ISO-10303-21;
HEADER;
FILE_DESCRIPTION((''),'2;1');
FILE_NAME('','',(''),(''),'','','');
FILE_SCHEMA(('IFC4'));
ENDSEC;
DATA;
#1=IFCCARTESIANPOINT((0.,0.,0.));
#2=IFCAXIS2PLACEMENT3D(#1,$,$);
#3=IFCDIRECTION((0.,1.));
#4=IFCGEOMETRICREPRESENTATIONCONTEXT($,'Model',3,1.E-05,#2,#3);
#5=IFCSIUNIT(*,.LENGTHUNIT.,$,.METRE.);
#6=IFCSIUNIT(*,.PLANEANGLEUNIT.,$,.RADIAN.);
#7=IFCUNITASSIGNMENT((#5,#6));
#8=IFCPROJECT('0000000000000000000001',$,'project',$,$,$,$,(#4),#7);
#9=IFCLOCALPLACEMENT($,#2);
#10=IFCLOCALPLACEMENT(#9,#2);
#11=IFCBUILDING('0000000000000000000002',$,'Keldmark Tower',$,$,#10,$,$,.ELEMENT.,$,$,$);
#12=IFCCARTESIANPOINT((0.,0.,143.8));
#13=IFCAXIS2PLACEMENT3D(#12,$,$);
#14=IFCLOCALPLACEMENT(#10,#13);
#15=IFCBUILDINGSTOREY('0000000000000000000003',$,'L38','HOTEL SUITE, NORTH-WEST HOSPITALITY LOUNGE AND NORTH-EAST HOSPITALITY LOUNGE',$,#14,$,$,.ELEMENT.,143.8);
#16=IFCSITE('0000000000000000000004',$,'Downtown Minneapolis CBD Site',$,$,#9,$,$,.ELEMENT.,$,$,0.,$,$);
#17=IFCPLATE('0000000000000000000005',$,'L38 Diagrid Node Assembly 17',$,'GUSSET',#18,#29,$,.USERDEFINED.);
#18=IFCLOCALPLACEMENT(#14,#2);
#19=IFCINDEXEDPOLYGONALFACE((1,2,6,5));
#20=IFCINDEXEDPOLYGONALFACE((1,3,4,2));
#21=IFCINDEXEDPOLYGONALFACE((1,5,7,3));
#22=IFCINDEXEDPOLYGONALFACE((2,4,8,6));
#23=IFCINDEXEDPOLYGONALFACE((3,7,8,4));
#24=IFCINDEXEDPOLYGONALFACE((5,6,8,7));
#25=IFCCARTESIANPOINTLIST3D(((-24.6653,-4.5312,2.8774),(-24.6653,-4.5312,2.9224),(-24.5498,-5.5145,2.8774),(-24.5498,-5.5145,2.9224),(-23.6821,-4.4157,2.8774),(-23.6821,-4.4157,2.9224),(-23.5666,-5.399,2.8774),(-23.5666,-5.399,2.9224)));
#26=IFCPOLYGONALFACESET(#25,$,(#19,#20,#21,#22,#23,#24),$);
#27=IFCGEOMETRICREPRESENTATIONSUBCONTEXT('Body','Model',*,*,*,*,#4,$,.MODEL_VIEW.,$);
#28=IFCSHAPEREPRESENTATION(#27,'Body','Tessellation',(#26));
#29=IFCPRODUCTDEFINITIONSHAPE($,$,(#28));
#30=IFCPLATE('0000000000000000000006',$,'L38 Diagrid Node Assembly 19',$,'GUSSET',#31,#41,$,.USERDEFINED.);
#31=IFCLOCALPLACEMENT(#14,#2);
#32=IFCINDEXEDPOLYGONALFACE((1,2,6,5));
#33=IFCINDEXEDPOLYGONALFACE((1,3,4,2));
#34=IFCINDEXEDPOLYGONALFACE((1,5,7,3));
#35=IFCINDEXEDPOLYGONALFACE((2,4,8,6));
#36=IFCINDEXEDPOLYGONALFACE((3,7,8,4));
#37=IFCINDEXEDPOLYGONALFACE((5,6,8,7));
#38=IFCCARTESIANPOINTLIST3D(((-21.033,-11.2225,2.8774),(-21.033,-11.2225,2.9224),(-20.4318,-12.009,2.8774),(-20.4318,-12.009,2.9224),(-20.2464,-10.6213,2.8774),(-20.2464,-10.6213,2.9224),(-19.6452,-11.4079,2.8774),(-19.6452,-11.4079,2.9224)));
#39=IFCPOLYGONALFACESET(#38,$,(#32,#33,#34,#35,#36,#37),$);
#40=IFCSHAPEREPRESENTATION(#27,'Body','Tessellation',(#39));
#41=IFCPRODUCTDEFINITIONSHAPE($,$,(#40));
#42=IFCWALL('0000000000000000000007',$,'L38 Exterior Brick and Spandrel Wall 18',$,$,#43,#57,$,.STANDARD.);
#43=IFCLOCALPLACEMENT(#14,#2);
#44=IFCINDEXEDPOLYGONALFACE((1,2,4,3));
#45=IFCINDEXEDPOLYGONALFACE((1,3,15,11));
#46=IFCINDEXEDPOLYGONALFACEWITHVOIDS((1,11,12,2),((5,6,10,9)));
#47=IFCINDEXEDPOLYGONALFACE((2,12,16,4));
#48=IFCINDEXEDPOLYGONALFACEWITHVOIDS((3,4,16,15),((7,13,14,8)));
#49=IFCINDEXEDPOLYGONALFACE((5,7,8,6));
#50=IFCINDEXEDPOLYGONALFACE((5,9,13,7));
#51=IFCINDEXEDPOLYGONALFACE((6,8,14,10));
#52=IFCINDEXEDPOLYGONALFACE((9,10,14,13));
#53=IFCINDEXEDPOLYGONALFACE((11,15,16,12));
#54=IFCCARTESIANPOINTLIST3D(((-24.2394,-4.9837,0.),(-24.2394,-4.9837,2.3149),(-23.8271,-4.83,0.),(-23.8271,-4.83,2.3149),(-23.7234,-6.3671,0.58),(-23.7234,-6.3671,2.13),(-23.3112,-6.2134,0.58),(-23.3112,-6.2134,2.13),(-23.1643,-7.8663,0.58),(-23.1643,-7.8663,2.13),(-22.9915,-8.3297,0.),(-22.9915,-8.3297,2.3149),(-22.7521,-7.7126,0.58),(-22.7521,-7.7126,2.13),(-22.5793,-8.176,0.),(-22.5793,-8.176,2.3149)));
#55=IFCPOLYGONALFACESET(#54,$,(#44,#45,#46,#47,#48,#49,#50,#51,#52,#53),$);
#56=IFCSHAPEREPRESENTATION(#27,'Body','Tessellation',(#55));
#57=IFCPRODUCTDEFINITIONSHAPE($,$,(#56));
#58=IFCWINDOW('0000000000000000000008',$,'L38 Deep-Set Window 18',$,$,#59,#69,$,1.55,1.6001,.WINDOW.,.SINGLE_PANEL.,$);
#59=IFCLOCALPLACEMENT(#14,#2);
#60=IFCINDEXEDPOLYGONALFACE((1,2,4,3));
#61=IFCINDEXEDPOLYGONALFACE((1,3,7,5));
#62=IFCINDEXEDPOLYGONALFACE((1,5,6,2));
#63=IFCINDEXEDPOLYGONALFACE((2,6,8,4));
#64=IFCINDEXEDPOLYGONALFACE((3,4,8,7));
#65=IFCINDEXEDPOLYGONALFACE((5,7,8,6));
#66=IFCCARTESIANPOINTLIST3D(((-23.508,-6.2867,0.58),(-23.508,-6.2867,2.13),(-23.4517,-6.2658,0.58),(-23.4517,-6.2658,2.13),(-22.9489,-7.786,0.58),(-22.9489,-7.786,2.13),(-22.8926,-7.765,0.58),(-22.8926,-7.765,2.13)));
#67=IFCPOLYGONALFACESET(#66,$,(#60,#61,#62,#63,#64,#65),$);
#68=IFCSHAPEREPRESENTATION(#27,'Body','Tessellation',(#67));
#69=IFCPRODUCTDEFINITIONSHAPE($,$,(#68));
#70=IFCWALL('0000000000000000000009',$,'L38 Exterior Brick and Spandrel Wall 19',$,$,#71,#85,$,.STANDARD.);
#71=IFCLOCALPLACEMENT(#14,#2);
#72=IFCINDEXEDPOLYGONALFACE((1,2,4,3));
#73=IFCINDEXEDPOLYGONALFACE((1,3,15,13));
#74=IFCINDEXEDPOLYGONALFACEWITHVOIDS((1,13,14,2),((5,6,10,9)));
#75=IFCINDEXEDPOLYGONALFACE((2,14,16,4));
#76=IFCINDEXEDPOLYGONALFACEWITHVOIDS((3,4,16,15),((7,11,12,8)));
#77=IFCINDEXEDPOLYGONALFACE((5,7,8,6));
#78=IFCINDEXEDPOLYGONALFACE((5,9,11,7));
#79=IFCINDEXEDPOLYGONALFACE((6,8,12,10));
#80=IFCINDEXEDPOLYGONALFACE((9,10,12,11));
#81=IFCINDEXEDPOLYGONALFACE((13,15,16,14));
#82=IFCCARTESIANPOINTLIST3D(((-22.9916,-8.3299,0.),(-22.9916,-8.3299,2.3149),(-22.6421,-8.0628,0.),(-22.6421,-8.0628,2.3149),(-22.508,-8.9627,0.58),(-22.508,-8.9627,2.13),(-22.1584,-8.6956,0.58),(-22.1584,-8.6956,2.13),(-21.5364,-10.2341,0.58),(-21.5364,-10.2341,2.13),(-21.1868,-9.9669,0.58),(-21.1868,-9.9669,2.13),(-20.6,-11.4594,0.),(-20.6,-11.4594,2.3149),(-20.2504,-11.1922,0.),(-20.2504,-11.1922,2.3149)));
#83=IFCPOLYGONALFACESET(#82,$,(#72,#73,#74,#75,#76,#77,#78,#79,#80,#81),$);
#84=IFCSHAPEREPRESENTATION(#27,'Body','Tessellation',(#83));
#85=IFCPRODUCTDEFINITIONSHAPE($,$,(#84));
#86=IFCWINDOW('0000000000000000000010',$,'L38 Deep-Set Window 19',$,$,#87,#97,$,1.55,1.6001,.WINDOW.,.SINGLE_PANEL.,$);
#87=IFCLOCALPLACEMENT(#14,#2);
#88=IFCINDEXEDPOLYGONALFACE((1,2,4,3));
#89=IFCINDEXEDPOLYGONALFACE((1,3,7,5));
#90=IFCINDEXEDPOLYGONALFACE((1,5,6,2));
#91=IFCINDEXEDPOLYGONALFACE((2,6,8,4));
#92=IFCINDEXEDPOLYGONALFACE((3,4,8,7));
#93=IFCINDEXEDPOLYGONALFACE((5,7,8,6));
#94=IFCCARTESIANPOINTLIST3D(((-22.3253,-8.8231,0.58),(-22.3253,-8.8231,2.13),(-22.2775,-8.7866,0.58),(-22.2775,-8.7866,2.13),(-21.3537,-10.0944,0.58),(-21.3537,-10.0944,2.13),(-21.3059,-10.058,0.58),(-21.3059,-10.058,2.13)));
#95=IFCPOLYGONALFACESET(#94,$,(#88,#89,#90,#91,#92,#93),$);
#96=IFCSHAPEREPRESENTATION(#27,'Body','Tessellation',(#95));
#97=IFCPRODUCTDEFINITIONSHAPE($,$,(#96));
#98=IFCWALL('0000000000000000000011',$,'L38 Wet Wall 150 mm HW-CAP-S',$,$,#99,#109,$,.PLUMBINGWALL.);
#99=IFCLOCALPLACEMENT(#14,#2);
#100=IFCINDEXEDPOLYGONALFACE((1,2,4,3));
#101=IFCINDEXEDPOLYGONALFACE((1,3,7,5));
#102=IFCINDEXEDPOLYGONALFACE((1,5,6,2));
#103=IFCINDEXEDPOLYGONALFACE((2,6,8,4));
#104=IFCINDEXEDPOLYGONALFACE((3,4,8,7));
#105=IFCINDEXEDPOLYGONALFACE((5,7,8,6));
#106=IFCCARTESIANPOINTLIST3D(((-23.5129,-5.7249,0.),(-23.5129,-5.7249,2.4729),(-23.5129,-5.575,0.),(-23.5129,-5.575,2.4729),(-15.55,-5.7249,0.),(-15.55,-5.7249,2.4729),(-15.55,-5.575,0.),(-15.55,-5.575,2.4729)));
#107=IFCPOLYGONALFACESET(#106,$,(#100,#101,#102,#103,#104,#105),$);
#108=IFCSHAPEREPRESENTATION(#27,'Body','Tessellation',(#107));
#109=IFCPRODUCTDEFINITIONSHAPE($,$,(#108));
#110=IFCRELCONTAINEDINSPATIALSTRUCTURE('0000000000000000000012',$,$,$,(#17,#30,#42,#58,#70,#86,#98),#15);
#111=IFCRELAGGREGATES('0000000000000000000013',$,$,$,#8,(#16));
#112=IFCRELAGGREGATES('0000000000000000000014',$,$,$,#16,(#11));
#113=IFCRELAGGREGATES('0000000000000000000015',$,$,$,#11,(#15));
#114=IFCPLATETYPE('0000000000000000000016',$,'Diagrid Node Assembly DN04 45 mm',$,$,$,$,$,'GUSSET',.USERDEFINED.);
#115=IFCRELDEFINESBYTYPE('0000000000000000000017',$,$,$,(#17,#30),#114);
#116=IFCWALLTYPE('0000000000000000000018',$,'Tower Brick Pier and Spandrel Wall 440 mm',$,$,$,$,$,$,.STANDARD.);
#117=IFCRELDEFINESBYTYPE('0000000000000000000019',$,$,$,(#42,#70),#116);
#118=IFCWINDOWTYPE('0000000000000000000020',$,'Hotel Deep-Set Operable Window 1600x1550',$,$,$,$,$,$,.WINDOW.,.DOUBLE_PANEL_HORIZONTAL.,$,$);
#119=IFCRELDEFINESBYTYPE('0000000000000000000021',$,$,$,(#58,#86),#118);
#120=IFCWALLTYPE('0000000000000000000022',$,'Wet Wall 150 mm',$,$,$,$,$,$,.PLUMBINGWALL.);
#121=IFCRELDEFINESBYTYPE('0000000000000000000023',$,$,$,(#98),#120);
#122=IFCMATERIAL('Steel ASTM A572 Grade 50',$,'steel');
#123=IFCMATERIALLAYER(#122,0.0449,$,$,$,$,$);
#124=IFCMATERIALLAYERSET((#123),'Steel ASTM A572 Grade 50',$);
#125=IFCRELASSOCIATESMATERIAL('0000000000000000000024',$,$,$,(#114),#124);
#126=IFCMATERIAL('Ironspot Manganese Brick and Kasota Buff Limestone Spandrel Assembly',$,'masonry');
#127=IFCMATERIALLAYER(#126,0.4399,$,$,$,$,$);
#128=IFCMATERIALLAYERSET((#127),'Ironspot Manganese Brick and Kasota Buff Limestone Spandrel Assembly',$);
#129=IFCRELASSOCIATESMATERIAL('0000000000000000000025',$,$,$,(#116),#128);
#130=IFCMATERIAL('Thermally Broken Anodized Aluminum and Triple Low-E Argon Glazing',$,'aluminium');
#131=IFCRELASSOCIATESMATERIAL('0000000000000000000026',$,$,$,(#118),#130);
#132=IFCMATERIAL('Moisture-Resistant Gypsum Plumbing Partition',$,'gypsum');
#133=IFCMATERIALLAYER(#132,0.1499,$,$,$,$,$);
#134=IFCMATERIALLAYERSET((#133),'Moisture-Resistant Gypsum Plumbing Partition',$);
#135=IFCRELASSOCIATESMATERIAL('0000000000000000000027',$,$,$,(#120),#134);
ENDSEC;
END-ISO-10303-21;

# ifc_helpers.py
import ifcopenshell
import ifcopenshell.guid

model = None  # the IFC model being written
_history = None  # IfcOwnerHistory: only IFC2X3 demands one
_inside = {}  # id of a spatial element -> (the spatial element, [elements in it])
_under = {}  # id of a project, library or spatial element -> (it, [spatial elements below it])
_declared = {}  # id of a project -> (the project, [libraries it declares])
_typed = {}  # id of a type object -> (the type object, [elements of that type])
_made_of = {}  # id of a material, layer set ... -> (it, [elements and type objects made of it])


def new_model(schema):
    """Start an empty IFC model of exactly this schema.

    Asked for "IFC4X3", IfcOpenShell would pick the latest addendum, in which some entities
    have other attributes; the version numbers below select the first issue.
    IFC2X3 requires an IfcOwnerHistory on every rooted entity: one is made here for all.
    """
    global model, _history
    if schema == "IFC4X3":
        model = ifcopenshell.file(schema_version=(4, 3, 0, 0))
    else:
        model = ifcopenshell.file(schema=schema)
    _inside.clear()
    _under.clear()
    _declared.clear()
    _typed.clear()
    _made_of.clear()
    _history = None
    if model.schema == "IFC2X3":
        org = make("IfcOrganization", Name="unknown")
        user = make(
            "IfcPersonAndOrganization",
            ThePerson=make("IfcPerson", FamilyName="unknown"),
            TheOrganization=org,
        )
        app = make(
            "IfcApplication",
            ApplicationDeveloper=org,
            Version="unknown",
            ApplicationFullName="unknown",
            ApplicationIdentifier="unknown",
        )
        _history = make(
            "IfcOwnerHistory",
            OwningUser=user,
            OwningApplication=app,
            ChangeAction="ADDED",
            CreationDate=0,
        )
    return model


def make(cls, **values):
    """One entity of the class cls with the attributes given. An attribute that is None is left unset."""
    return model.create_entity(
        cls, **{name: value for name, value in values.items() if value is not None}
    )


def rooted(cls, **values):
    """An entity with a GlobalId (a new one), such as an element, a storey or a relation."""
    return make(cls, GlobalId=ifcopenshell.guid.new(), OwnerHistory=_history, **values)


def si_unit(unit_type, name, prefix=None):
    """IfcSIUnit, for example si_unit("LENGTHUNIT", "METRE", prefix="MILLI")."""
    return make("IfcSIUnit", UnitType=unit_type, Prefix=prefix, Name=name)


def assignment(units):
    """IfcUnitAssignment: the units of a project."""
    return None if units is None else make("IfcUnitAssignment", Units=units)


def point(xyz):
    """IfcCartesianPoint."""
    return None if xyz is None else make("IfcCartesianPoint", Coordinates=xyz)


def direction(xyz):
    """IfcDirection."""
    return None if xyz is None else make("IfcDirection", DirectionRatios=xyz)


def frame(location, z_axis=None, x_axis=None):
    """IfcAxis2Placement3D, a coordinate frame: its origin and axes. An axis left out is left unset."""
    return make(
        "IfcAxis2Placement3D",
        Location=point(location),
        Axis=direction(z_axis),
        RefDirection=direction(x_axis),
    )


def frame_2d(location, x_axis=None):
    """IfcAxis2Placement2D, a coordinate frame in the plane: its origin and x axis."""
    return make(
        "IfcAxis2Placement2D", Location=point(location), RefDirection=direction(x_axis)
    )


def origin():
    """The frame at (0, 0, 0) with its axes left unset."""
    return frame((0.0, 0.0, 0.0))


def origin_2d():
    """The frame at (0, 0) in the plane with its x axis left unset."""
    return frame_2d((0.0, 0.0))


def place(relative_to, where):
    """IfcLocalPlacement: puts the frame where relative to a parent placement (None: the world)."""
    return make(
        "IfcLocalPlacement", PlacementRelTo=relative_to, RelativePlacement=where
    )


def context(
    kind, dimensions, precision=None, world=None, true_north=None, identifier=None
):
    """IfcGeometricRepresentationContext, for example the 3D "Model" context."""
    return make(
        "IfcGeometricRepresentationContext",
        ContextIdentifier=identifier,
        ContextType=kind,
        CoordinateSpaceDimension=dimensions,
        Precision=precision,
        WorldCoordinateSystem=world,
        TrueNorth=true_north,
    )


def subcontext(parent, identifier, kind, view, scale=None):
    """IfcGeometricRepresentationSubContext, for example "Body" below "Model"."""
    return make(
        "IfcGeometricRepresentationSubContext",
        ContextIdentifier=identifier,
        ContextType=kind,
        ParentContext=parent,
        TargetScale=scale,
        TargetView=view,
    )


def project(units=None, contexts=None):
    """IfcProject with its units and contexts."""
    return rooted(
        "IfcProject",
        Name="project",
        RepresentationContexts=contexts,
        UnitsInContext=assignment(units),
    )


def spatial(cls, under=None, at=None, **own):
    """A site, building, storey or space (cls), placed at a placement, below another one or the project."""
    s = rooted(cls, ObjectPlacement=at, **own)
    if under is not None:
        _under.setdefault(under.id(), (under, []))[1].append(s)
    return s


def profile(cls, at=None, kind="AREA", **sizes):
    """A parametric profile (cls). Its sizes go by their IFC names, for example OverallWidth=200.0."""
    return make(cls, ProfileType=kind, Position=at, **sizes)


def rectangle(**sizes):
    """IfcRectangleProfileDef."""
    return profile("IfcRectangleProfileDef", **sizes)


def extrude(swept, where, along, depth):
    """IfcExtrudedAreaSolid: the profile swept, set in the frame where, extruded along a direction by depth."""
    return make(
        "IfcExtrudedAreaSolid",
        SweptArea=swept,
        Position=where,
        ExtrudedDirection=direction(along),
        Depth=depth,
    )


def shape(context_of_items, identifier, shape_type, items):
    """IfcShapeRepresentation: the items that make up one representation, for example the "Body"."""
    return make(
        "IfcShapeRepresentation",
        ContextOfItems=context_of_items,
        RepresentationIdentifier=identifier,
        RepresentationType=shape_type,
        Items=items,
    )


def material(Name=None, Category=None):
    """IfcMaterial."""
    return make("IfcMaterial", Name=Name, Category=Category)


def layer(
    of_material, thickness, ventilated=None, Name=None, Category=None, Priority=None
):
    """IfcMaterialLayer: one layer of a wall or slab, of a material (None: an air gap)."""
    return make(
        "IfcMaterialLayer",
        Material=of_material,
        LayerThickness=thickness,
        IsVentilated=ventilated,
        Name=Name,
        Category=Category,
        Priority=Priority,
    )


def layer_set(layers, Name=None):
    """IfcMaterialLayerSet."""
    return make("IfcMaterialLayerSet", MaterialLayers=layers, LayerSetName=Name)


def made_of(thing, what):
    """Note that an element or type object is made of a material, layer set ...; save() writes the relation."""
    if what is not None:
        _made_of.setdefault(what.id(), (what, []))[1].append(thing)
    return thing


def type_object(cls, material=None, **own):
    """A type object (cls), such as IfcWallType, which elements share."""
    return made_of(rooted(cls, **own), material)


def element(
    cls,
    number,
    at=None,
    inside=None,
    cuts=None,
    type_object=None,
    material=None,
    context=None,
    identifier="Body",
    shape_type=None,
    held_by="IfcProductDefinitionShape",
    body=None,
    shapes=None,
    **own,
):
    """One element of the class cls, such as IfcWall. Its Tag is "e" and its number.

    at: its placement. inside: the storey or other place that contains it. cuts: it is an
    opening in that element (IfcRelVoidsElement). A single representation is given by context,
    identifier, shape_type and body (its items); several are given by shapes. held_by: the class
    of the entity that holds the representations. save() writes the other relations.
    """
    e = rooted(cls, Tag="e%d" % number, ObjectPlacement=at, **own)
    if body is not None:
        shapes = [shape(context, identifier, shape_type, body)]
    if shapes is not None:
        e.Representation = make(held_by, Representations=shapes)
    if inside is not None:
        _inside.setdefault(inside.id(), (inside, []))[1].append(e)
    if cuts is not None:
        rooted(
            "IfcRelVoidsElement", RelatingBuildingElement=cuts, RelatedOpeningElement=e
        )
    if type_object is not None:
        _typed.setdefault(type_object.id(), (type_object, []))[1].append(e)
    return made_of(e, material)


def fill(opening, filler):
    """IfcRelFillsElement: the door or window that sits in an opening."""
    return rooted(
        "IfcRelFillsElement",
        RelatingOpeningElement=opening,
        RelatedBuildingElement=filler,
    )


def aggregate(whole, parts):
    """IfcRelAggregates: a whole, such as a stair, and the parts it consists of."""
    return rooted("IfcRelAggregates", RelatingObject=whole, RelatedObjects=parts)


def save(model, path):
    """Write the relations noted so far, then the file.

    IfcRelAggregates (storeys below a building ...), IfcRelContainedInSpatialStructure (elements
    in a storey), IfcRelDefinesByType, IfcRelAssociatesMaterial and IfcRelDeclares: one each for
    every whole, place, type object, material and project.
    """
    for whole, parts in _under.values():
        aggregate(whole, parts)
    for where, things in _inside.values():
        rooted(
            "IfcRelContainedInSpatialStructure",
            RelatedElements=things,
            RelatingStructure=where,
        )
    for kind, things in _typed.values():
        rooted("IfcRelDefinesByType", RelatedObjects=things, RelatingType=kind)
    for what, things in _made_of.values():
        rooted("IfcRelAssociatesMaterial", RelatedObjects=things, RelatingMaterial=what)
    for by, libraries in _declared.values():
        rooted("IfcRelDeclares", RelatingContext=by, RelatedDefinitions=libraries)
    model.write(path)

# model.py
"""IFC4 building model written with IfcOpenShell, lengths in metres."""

from ifc_helpers import new_model, si_unit, direction, frame, frame_2d, origin, origin_2d, place, context, subcontext, project, spatial, rectangle, extrude, material, layer, layer_set, type_object, element, fill, save


model = new_model("IFC4")

# Units and contexts
model_context = context("Model", 3, precision=1e-05, world=origin(), true_north=direction((0.0, 1.0)))
body_context = subcontext(model_context, "Body", "Model", "MODEL_VIEW")
ifc_project = project(units=[si_unit("LENGTHUNIT", "METRE"), si_unit("PLANEANGLEUNIT", "RADIAN")], contexts=[model_context])

# Site, building, storey
site_placement = place(None, origin())
site = spatial("IfcSite", under=ifc_project, at=site_placement, Name="Downtown Minneapolis CBD Site", CompositionType="ELEMENT", RefElevation=0.0)
building_placement = place(site_placement, origin())
building = spatial("IfcBuilding", under=site, at=building_placement, Name="Keldmark Tower", CompositionType="ELEMENT")
storey_placement = place(building_placement, frame((0.0, 0.0, 143.8)))
storey = spatial("IfcBuildingStorey", under=building, at=storey_placement, Name="L38", Description="HOTEL SUITE, NORTH-WEST HOSPITALITY LOUNGE AND NORTH-EAST HOSPITALITY LOUNGE", CompositionType="ELEMENT", Elevation=143.8)

# Plates
ifc_material_1 = material(Name="Steel ASTM A572 Grade 50", Category="steel")
ifc_layer_1 = layer(ifc_material_1, 0.0449)
ifc_layer_set_1 = layer_set([ifc_layer_1], Name="Steel ASTM A572 Grade 50")
plate_type = type_object("IfcPlateType", Name="Diagrid Node Assembly DN04 45 mm", ElementType="GUSSET", PredefinedType="USERDEFINED", material=ifc_layer_set_1)
for number, where, z_axis, x_axis, name in (
    (1, (-24.116, -4.9651, 2.8774), (0.0, 0.0, 1.0), (0.116671, -0.993171, 0.0), "L38 Diagrid Node Assembly 17"),
    (2, (-20.3391, -11.3152, 2.8774), (0.0, 0.0, 1.0), (0.607237, -0.794521, 0.0), "L38 Diagrid Node Assembly 19"),
):
    element("IfcPlate", number, at=place(storey_placement, frame(where, z_axis=z_axis, x_axis=x_axis)), inside=storey, type_object=plate_type, Name=name, ObjectType="GUSSET", PredefinedType="USERDEFINED", context=body_context, shape_type="SweptSolid", body=[
        extrude(rectangle(XDim=0.99, YDim=0.99, at=origin_2d()), origin(), (0.0, 0.0, 1.0), 0.0449),
    ])

# Walls, openings, windows
ifc_material_2 = material(Name="Ironspot Manganese Brick and Kasota Buff Limestone Spandrel Assembly", Category="masonry")
ifc_layer_2 = layer(ifc_material_2, 0.4399)
ifc_layer_set_2 = layer_set([ifc_layer_2], Name="Ironspot Manganese Brick and Kasota Buff Limestone Spandrel Assembly")
wall_type_1 = type_object("IfcWallType", Name="Tower Brick Pier and Spandrel Wall 440 mm", PredefinedType="STANDARD", material=ifc_layer_set_2)
wall_1_placement = place(storey_placement, frame((-22.7854, -8.2529, 0.0), z_axis=(0.0, 0.0, 1.0), x_axis=(-0.349422, 0.936965, 0.0)))
wall_1 = element("IfcWall", 3, at=wall_1_placement, inside=storey, type_object=wall_type_1, Name="L38 Exterior Brick and Spandrel Wall 18", PredefinedType="STANDARD", context=body_context, shape_type="SweptSolid", body=[
    extrude(rectangle(XDim=3.571, YDim=0.4399, at=frame_2d((1.7856, 0.0))), origin(), (0.0, 0.0, 1.0), 2.3149),
])
opening_1_placement = place(wall_1_placement, frame((0.4946, 0.0, 0.5801)))
opening_1 = element("IfcOpeningElement", 4, at=opening_1_placement, cuts=wall_1, PredefinedType="OPENING", context=body_context, shape_type="SweptSolid", body=[
    extrude(rectangle(XDim=1.6001, YDim=1.55, at=frame_2d((0.8, 0.7749))), frame((0.0, 0.23, 0.0), z_axis=(0.0, -1.0, 0.0), x_axis=(1.0, 0.0, 0.0)), (0.0, 0.0, 1.0), 0.46),
])
ifc_material_3 = material(Name="Thermally Broken Anodized Aluminum and Triple Low-E Argon Glazing", Category="aluminium")
window_type = type_object("IfcWindowType", Name="Hotel Deep-Set Operable Window 1600x1550", PartitioningType="DOUBLE_PANEL_HORIZONTAL", PredefinedType="WINDOW", material=ifc_material_3)
window_1_placement = place(opening_1_placement, origin())
window_1 = element("IfcWindow", 5, at=window_1_placement, inside=storey, type_object=window_type, Name="L38 Deep-Set Window 18", OverallHeight=1.55, OverallWidth=1.6001, PartitioningType="SINGLE_PANEL", PredefinedType="WINDOW", context=body_context, shape_type="SweptSolid", body=[
    extrude(rectangle(XDim=1.6001, YDim=1.55, at=frame_2d((0.8, 0.7749))), frame((0.0, -0.01, 0.0), z_axis=(0.0, -1.0, 0.0), x_axis=(1.0, 0.0, 0.0)), (0.0, 0.0, 1.0), 0.0601),
])
fill(opening_1, window_1)
wall_2_placement = place(storey_placement, frame((-20.4253, -11.3257, 0.0), z_axis=(0.0, 0.0, 1.0), x_axis=(-0.607215, 0.794537, 0.0)))
wall_2 = element("IfcWall", 6, at=wall_2_placement, inside=storey, type_object=wall_type_1, Name="L38 Exterior Brick and Spandrel Wall 19", PredefinedType="STANDARD", context=body_context, shape_type="SweptSolid", body=[
    extrude(rectangle(XDim=3.9387, YDim=0.4399, at=frame_2d((1.9692, 0.0))), origin(), (0.0, 0.0, 1.0), 2.3149),
])
opening_2_placement = place(wall_2_placement, frame((1.542, 0.0, 0.5801)))
opening_2 = element("IfcOpeningElement", 7, at=opening_2_placement, cuts=wall_2, PredefinedType="OPENING", context=body_context, shape_type="SweptSolid", body=[
    extrude(rectangle(XDim=1.6001, YDim=1.55, at=frame_2d((0.8, 0.7749))), frame((0.0, 0.23, 0.0), z_axis=(0.0, -1.0, 0.0), x_axis=(1.0, 0.0, 0.0)), (0.0, 0.0, 1.0), 0.46),
])
window_2_placement = place(opening_2_placement, origin())
window_2 = element("IfcWindow", 8, at=window_2_placement, inside=storey, type_object=window_type, Name="L38 Deep-Set Window 19", OverallHeight=1.55, OverallWidth=1.6001, PartitioningType="SINGLE_PANEL", PredefinedType="WINDOW", context=body_context, shape_type="SweptSolid", body=[
    extrude(rectangle(XDim=1.6001, YDim=1.55, at=frame_2d((0.8, 0.7749))), frame((0.0, -0.01, 0.0), z_axis=(0.0, -1.0, 0.0), x_axis=(1.0, 0.0, 0.0)), (0.0, 0.0, 1.0), 0.0601),
])
fill(opening_2, window_2)

# Wall
ifc_material_4 = material(Name="Moisture-Resistant Gypsum Plumbing Partition", Category="gypsum")
ifc_layer_3 = layer(ifc_material_4, 0.1499)
ifc_layer_set_3 = layer_set([ifc_layer_3], Name="Moisture-Resistant Gypsum Plumbing Partition")
wall_type_2 = type_object("IfcWallType", Name="Wet Wall 150 mm", PredefinedType="PLUMBINGWALL", material=ifc_layer_set_3)
wall_3_placement = place(storey_placement, frame((-23.5129, -5.6499, 0.0), z_axis=(0.0, 0.0, 1.0), x_axis=(1.0, 0.0, 0.0)))
element("IfcWall", 9, at=wall_3_placement, inside=storey, type_object=wall_type_2, Name="L38 Wet Wall 150 mm HW-CAP-S", PredefinedType="PLUMBINGWALL", context=body_context, shape_type="SweptSolid", body=[
    extrude(rectangle(XDim=7.9629, YDim=0.1499, at=frame_2d((3.9814, 0.0))), origin(), (0.0, 0.0, 1.0), 2.4729),
])

save(model, "model.ifc")
